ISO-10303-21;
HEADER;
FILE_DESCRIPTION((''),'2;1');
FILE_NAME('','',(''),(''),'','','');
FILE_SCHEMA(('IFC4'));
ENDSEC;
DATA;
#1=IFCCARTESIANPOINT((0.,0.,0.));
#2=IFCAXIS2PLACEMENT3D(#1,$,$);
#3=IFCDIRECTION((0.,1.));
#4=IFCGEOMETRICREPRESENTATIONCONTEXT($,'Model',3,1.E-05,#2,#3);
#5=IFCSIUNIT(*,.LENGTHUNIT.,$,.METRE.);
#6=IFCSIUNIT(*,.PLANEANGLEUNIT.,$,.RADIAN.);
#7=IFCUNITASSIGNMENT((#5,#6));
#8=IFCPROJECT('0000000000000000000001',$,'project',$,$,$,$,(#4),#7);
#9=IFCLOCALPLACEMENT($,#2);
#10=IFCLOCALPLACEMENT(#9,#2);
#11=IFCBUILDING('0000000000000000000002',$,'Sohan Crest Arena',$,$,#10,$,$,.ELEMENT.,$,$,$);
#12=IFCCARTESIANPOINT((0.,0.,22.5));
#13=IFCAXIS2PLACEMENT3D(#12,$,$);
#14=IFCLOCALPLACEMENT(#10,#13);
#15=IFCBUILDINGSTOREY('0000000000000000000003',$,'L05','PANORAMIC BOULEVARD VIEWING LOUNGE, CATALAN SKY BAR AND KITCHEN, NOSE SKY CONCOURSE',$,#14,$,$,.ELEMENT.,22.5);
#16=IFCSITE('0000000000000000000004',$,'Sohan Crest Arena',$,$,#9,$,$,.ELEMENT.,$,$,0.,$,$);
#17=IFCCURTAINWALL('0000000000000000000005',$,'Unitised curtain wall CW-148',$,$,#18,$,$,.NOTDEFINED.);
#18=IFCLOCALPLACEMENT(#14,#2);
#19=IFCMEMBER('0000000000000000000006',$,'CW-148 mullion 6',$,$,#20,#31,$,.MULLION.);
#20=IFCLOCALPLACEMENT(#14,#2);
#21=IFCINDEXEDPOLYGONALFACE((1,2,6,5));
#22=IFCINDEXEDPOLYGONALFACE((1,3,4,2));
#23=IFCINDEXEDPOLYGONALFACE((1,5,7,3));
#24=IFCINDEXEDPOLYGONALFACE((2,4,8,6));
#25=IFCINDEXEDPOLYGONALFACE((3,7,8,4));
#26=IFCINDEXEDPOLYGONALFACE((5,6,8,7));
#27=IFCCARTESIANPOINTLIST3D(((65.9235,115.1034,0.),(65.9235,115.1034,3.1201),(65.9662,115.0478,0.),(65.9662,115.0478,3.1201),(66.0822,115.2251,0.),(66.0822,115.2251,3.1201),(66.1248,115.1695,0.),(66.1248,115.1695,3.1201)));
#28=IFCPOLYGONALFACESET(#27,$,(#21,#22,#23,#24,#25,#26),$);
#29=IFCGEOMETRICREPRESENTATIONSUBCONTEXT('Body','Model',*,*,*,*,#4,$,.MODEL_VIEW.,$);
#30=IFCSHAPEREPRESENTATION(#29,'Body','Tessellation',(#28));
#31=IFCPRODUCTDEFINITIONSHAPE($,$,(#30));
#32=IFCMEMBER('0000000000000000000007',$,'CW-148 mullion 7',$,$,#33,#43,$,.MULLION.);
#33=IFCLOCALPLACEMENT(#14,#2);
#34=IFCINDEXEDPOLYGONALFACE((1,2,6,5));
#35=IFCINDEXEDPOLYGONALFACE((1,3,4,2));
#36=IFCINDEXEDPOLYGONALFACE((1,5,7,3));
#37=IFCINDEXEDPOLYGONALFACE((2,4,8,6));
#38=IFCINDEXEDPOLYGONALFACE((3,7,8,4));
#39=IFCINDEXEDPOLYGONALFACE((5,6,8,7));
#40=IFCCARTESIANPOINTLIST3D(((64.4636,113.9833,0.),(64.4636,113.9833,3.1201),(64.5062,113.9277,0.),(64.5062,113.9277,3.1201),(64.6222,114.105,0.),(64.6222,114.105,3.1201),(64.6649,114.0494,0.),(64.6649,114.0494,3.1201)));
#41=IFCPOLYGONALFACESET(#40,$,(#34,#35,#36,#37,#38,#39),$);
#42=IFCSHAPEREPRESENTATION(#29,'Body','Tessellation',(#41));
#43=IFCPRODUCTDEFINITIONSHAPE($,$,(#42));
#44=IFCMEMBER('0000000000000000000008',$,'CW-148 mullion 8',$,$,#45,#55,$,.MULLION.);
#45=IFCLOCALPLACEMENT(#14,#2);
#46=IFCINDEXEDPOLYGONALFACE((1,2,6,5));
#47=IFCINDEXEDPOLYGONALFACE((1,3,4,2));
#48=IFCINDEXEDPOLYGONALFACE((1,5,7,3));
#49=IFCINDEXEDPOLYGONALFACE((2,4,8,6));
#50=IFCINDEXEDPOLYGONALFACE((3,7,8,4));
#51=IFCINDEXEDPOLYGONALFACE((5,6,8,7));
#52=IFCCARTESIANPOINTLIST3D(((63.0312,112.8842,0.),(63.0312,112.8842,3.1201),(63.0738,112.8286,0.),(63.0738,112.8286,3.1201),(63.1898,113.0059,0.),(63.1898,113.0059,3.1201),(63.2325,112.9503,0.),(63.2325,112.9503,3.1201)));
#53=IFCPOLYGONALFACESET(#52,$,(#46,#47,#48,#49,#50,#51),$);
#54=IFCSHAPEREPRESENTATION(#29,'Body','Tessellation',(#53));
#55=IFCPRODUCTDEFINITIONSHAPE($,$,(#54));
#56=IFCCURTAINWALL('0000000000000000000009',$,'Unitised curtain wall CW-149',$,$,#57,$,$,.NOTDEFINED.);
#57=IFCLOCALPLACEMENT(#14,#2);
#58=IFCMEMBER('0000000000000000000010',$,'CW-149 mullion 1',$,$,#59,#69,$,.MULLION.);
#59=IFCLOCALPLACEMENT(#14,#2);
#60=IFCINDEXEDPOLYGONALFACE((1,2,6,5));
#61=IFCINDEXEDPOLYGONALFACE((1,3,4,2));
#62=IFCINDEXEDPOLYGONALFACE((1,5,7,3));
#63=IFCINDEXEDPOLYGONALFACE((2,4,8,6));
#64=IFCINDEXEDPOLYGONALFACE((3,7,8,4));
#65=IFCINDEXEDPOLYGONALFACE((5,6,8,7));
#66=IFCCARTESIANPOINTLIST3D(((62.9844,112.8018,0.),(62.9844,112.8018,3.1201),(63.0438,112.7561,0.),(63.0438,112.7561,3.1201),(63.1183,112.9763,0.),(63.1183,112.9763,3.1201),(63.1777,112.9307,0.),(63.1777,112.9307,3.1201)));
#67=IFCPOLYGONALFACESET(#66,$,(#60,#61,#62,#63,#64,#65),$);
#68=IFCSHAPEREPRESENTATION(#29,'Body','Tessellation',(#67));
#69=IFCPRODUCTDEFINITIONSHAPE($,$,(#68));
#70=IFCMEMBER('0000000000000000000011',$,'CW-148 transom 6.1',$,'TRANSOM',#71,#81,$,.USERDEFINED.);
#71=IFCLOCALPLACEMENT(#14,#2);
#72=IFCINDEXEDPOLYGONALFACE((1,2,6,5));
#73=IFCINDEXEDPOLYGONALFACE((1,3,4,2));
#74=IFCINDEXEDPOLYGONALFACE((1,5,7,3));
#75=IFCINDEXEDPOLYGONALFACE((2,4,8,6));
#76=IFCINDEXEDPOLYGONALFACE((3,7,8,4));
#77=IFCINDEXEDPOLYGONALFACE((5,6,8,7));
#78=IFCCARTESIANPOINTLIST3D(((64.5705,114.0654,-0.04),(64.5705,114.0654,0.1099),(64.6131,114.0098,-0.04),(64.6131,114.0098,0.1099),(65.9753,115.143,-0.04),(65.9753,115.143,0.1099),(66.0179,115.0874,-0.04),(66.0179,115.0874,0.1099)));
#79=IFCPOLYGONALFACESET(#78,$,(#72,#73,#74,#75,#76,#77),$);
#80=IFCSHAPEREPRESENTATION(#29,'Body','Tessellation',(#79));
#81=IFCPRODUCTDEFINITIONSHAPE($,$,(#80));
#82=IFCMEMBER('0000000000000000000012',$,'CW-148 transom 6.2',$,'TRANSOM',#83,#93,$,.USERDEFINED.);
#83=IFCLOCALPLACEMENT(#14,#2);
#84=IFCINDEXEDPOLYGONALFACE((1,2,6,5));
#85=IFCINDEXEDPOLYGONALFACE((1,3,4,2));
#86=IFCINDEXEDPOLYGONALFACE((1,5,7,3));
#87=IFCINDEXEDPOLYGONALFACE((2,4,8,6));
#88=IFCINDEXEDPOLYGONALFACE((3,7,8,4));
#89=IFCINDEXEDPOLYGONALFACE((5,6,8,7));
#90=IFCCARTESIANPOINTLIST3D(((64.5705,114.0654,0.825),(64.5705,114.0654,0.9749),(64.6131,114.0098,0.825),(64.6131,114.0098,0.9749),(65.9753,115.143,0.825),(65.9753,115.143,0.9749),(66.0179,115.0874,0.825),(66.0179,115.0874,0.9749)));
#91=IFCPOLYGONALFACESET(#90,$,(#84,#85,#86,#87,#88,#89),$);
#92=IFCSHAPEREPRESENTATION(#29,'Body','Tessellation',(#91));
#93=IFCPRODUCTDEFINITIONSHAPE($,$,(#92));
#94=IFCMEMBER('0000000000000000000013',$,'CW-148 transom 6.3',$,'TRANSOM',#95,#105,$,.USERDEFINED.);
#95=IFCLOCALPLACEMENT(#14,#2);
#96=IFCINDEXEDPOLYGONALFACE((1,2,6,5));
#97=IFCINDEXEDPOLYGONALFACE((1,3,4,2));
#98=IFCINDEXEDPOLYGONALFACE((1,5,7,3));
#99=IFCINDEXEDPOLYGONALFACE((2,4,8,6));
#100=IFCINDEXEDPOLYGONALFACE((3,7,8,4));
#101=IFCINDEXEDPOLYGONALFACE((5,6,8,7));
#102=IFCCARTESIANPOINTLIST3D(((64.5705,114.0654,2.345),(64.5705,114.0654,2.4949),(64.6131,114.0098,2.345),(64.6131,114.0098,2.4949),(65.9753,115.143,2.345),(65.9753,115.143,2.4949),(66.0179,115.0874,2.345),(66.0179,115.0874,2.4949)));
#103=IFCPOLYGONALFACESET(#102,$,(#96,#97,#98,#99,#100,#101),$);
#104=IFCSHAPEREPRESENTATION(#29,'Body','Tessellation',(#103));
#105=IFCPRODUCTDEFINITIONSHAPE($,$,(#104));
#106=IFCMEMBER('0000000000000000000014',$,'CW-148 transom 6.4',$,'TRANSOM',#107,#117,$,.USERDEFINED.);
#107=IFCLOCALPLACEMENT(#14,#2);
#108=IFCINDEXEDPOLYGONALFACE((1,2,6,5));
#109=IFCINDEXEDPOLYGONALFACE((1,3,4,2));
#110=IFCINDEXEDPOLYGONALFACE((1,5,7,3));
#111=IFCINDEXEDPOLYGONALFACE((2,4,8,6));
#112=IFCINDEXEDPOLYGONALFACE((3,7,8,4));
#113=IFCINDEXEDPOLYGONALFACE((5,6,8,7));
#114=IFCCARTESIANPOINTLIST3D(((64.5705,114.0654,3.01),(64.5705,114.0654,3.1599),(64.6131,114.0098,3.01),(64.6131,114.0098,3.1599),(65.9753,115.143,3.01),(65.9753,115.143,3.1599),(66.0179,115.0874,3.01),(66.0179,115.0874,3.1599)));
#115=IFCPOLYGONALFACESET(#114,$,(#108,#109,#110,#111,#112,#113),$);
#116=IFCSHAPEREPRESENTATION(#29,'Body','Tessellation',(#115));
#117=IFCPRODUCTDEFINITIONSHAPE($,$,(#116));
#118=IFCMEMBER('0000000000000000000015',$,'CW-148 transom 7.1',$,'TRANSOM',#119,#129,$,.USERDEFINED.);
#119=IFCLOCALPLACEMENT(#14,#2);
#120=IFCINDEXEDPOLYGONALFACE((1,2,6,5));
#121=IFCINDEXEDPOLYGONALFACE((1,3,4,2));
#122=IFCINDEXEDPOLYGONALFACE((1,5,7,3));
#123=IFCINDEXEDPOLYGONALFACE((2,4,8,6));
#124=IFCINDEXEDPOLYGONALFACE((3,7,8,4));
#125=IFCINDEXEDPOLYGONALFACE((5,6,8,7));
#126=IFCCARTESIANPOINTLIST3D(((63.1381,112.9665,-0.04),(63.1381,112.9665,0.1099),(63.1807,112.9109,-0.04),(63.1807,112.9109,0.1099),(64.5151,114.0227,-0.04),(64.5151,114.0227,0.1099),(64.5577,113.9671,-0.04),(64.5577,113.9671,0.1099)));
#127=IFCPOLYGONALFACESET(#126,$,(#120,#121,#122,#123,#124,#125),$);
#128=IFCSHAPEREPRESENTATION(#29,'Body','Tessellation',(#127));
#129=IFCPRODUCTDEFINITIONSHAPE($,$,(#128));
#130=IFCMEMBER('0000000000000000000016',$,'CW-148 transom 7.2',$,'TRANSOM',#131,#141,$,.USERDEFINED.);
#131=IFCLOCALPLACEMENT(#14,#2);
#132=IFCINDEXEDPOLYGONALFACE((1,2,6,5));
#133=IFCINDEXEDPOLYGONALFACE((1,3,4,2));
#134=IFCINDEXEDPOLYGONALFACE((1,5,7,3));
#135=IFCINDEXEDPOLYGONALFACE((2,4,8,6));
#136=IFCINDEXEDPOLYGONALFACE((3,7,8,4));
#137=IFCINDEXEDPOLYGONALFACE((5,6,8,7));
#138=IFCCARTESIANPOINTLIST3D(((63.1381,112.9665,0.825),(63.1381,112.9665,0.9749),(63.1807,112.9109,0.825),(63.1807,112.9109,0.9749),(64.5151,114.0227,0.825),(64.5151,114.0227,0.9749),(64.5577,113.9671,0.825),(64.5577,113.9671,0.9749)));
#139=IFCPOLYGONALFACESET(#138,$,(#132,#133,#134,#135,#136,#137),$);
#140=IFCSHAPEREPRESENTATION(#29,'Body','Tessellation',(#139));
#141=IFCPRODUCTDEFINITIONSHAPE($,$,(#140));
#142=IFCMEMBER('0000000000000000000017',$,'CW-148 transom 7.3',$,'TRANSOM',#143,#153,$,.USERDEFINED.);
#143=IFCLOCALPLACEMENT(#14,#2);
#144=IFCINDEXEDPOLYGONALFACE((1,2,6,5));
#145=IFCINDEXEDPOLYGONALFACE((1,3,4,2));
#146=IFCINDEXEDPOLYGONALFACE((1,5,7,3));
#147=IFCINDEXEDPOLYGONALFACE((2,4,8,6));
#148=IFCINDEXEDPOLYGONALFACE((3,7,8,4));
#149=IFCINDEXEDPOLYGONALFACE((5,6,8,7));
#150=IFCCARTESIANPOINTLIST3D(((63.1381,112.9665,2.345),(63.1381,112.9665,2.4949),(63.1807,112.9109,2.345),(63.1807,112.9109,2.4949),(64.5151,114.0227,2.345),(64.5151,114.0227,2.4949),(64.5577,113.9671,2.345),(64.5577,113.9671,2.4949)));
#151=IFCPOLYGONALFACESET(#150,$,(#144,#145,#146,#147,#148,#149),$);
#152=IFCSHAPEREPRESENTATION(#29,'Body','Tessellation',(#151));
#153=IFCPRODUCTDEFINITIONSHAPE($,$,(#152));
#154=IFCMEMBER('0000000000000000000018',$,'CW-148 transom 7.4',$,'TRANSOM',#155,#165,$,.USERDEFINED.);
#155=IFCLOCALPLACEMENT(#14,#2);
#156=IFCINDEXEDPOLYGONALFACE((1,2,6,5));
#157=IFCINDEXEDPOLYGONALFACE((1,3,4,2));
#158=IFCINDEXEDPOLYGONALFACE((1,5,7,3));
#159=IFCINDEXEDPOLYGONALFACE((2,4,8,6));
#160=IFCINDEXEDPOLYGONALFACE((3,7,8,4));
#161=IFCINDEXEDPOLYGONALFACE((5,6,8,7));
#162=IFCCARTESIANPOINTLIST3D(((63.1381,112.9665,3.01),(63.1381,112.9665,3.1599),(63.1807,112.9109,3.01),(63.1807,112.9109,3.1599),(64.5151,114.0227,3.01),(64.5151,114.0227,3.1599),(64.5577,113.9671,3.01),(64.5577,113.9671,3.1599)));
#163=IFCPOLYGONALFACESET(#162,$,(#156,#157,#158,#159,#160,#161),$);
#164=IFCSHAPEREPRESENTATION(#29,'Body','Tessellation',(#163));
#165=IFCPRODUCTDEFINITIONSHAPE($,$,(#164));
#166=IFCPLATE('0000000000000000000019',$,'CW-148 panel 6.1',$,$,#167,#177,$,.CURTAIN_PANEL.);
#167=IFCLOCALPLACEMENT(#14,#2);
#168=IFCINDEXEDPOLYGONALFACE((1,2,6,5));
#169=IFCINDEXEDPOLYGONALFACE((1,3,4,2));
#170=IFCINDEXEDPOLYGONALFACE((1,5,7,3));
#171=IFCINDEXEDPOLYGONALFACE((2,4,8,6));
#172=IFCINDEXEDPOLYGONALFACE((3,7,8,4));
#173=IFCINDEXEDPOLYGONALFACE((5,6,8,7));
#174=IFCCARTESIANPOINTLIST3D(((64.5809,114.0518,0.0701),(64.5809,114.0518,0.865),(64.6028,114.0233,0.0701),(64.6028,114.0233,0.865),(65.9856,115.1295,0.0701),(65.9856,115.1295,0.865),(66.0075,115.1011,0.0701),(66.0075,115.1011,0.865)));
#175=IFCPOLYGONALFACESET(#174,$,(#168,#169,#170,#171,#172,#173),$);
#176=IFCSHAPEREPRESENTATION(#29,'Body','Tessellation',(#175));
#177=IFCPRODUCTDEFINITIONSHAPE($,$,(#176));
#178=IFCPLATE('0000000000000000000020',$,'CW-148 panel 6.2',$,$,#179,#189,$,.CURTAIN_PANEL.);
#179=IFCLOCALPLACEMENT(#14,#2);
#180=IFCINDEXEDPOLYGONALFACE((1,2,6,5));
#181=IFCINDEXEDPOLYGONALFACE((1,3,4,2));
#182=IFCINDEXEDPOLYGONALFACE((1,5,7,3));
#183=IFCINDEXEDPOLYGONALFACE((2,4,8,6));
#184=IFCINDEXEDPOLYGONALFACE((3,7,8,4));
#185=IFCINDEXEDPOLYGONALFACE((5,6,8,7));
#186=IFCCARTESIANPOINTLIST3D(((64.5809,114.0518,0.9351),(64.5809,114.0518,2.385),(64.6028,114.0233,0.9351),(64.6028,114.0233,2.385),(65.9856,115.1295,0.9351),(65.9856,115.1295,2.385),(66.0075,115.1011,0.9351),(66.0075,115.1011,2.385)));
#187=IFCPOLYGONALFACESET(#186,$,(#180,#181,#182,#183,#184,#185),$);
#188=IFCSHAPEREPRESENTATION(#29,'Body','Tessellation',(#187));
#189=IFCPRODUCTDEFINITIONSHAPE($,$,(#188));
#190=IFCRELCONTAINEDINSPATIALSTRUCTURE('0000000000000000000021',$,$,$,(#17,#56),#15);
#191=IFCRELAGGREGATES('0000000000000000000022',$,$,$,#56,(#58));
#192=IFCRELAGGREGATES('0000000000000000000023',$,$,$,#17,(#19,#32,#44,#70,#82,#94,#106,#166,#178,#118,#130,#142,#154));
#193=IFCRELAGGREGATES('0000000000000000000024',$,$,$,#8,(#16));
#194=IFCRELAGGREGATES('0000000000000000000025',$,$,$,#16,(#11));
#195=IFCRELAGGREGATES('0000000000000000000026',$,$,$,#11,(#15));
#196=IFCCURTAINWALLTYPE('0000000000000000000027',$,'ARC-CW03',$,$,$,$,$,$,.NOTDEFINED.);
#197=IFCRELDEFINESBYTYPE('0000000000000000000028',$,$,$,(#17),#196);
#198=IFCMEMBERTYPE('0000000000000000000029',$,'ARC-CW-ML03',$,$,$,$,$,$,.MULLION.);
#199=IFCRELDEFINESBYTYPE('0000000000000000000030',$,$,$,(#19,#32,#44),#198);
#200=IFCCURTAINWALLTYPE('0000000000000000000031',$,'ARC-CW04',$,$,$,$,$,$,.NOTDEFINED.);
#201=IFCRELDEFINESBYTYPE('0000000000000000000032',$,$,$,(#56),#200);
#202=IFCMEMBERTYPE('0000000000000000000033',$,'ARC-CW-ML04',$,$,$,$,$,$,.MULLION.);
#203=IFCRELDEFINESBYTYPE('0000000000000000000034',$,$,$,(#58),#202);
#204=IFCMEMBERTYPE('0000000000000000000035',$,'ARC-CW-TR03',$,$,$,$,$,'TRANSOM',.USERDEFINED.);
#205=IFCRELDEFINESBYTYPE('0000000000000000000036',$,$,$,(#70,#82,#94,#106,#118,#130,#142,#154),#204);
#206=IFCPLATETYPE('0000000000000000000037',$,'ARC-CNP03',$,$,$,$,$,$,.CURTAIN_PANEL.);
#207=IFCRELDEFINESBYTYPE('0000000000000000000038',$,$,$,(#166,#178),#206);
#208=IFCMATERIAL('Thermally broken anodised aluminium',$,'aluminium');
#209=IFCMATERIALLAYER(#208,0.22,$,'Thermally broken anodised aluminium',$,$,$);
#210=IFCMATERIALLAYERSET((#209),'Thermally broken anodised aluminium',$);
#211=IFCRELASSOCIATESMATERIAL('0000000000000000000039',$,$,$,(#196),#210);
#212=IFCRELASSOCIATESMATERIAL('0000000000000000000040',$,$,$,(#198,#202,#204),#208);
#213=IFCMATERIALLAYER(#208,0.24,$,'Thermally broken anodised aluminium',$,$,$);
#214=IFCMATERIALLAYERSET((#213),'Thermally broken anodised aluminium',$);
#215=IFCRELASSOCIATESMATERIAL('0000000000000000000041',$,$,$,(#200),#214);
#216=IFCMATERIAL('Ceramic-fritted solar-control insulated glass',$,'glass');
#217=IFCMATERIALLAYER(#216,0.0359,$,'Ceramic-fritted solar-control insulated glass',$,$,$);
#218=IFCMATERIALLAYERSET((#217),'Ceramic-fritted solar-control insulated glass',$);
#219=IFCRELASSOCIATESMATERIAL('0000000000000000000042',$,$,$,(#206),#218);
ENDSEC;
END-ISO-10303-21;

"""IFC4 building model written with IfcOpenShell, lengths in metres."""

from ifc_helpers import new_model, si_unit, direction, frame, origin, origin_2d, place, context, subcontext, project, spatial, rectangle, extrude, material, layer, layer_set, material_profile, profile_set, type_object, element, aggregate, save


model = new_model("IFC4")

# Units and contexts
model_context = context("Model", 3, precision=1e-05, world=origin(), true_north=direction((0.0, 1.0)))
body_context = subcontext(model_context, "Body", "Model", "MODEL_VIEW")
ifc_project = project(units=[si_unit("LENGTHUNIT", "METRE"), si_unit("PLANEANGLEUNIT", "RADIAN")], contexts=[model_context])

# Site, building, storey
site_placement = place(None, origin())
site = spatial("IfcSite", under=ifc_project, at=site_placement, Name="Sohan Crest Arena", CompositionType="ELEMENT", RefElevation=0.0)
building_placement = place(site_placement, origin())
building = spatial("IfcBuilding", under=site, at=building_placement, Name="Sohan Crest Arena", CompositionType="ELEMENT")
storey_placement = place(building_placement, frame((0.0, 0.0, 22.5)))
storey = spatial("IfcBuildingStorey", under=building, at=storey_placement, Name="L05", Description="PANORAMIC BOULEVARD VIEWING LOUNGE, CATALAN SKY BAR AND KITCHEN, NOSE SKY CONCOURSE", CompositionType="ELEMENT", Elevation=22.5)

# Curtain wall, members
ifc_material_1 = material(Name="Thermally broken anodised aluminium", Category="aluminium")
ifc_layer_1 = layer(ifc_material_1, 0.22, Name="Thermally broken anodised aluminium")
ifc_layer_set_1 = layer_set([ifc_layer_1], Name="Thermally broken anodised aluminium")
curtain_wall_type_1 = type_object("IfcCurtainWallType", Name="ARC-CW03", PredefinedType="NOTDEFINED", material=ifc_layer_set_1)
curtain_wall_1_placement = place(storey_placement, origin())
curtain_wall_1 = element("IfcCurtainWall", 1, at=curtain_wall_1_placement, inside=storey, type_object=curtain_wall_type_1, Name="Unitised curtain wall CW-148", PredefinedType="NOTDEFINED")
ifc_material_profile_1 = material_profile(ifc_material_1, rectangle(XDim=0.0701, YDim=0.2, at=origin_2d()), Name="ALU-MULL 70x200")
ifc_profile_set_1 = profile_set([ifc_material_profile_1], Name="Thermally broken anodised aluminium")
member_type_1 = type_object("IfcMemberType", Name="ARC-CW-ML03", PredefinedType="MULLION", material=ifc_profile_set_1)
member_1_placement = place(storey_placement, frame((66.0242, 115.1365, 0.0), z_axis=(0.0, 0.0, 1.0), x_axis=(0.60872, -0.793385, 0.0)))
member_1 = element("IfcMember", 2, at=member_1_placement, type_object=member_type_1, Name="CW-148 mullion 6", PredefinedType="MULLION", context=body_context, shape_type="SweptSolid", body=[
    extrude(rectangle(XDim=0.0701, YDim=0.2, at=origin_2d()), origin(), (0.0, 0.0, 1.0), 3.1201),
])
member_2_placement = place(storey_placement, frame((64.5642, 114.0164, 0.0), z_axis=(0.0, 0.0, 1.0), x_axis=(0.60872, -0.793385, 0.0)))
member_2 = element("IfcMember", 3, at=member_2_placement, type_object=member_type_1, Name="CW-148 mullion 7", PredefinedType="MULLION", context=body_context, shape_type="SweptSolid", body=[
    extrude(rectangle(XDim=0.0701, YDim=0.2, at=origin_2d()), origin(), (0.0, 0.0, 1.0), 3.1201),
])
member_3_placement = place(storey_placement, frame((63.1318, 112.9172, 0.0), z_axis=(0.0, 0.0, 1.0), x_axis=(0.60872, -0.793385, 0.0)))
member_3 = element("IfcMember", 4, at=member_3_placement, type_object=member_type_1, Name="CW-148 mullion 8", PredefinedType="MULLION", context=body_context, shape_type="SweptSolid", body=[
    extrude(rectangle(XDim=0.0701, YDim=0.2, at=origin_2d()), origin(), (0.0, 0.0, 1.0), 3.1201),
])

# Curtain wall, member
ifc_layer_2 = layer(ifc_material_1, 0.24, Name="Thermally broken anodised aluminium")
ifc_layer_set_2 = layer_set([ifc_layer_2], Name="Thermally broken anodised aluminium")
curtain_wall_type_2 = type_object("IfcCurtainWallType", Name="ARC-CW04", PredefinedType="NOTDEFINED", material=ifc_layer_set_2)
curtain_wall_2_placement = place(storey_placement, origin())
curtain_wall_2 = element("IfcCurtainWall", 5, at=curtain_wall_2_placement, inside=storey, type_object=curtain_wall_type_2, Name="Unitised curtain wall CW-149", PredefinedType="NOTDEFINED")
ifc_material_profile_2 = material_profile(ifc_material_1, rectangle(XDim=0.075, YDim=0.22, at=origin_2d()), Name="ALU-MULL 75x220")
ifc_profile_set_2 = profile_set([ifc_material_profile_2], Name="Thermally broken anodised aluminium")
member_type_2 = type_object("IfcMemberType", Name="ARC-CW-ML04", PredefinedType="MULLION", material=ifc_profile_set_2)
member_4_placement = place(storey_placement, frame((63.0811, 112.8662, 0.0), z_axis=(0.0, 0.0, 1.0), x_axis=(0.793385, -0.60872, 0.0)))
member_4 = element("IfcMember", 6, at=member_4_placement, type_object=member_type_2, Name="CW-149 mullion 1", PredefinedType="MULLION", context=body_context, shape_type="SweptSolid", body=[
    extrude(rectangle(XDim=0.075, YDim=0.22, at=origin_2d()), origin(), (0.0, 0.0, 1.0), 3.1201),
])
aggregate(curtain_wall_2, [member_4])

# Members
ifc_material_profile_3 = material_profile(ifc_material_1, rectangle(XDim=0.0701, YDim=0.1499, at=origin_2d()), Name="ALU-TRAN 70x150")
ifc_profile_set_3 = profile_set([ifc_material_profile_3], Name="Thermally broken anodised aluminium")
member_type_3 = type_object("IfcMemberType", Name="ARC-CW-TR03", ElementType="TRANSOM", PredefinedType="USERDEFINED", material=ifc_profile_set_3)
member_5_placement = place(storey_placement, frame((65.9966, 115.1152, 0.0349), z_axis=(-0.793433, -0.608657, 0.0), x_axis=(0.608657, -0.793433, 0.0)))
member_5 = element("IfcMember", 7, at=member_5_placement, type_object=member_type_3, Name="CW-148 transom 6.1", ObjectType="TRANSOM", PredefinedType="USERDEFINED", context=body_context, shape_type="SweptSolid", body=[
    extrude(rectangle(XDim=0.0701, YDim=0.1499, at=origin_2d()), origin(), (0.0, 0.0, 1.0), 1.7705),
])
member_6_placement = place(storey_placement, frame((65.9966, 115.1152, 0.8999), z_axis=(-0.793433, -0.608657, 0.0), x_axis=(0.608657, -0.793433, 0.0)))
member_6 = element("IfcMember", 8, at=member_6_placement, type_object=member_type_3, Name="CW-148 transom 6.2", ObjectType="TRANSOM", PredefinedType="USERDEFINED", context=body_context, shape_type="SweptSolid", body=[
    extrude(rectangle(XDim=0.0701, YDim=0.1499, at=origin_2d()), origin(), (0.0, 0.0, 1.0), 1.7705),
])
member_7_placement = place(storey_placement, frame((65.9966, 115.1152, 2.4199), z_axis=(-0.793433, -0.608657, 0.0), x_axis=(0.608657, -0.793433, 0.0)))
member_7 = element("IfcMember", 9, at=member_7_placement, type_object=member_type_3, Name="CW-148 transom 6.3", ObjectType="TRANSOM", PredefinedType="USERDEFINED", context=body_context, shape_type="SweptSolid", body=[
    extrude(rectangle(XDim=0.0701, YDim=0.1499, at=origin_2d()), origin(), (0.0, 0.0, 1.0), 1.7705),
])
member_8_placement = place(storey_placement, frame((65.9966, 115.1152, 3.085), z_axis=(-0.793433, -0.608657, 0.0), x_axis=(0.608657, -0.793433, 0.0)))
member_8 = element("IfcMember", 10, at=member_8_placement, type_object=member_type_3, Name="CW-148 transom 6.4", ObjectType="TRANSOM", PredefinedType="USERDEFINED", context=body_context, shape_type="SweptSolid", body=[
    extrude(rectangle(XDim=0.0701, YDim=0.1499, at=origin_2d()), origin(), (0.0, 0.0, 1.0), 1.7705),
])
member_9_placement = place(storey_placement, frame((64.5364, 113.9949, 0.0349), z_axis=(-0.79347, -0.608609, 0.0), x_axis=(0.608609, -0.79347, 0.0)))
member_9 = element("IfcMember", 11, at=member_9_placement, type_object=member_type_3, Name="CW-148 transom 7.1", ObjectType="TRANSOM", PredefinedType="USERDEFINED", context=body_context, shape_type="SweptSolid", body=[
    extrude(rectangle(XDim=0.0701, YDim=0.1499, at=origin_2d()), origin(), (0.0, 0.0, 1.0), 1.7354),
])
member_10_placement = place(storey_placement, frame((64.5364, 113.9949, 0.8999), z_axis=(-0.79347, -0.608609, 0.0), x_axis=(0.608609, -0.79347, 0.0)))
member_10 = element("IfcMember", 12, at=member_10_placement, type_object=member_type_3, Name="CW-148 transom 7.2", ObjectType="TRANSOM", PredefinedType="USERDEFINED", context=body_context, shape_type="SweptSolid", body=[
    extrude(rectangle(XDim=0.0701, YDim=0.1499, at=origin_2d()), origin(), (0.0, 0.0, 1.0), 1.7354),
])
member_11_placement = place(storey_placement, frame((64.5364, 113.9949, 2.4199), z_axis=(-0.79347, -0.608609, 0.0), x_axis=(0.608609, -0.79347, 0.0)))
member_11 = element("IfcMember", 13, at=member_11_placement, type_object=member_type_3, Name="CW-148 transom 7.3", ObjectType="TRANSOM", PredefinedType="USERDEFINED", context=body_context, shape_type="SweptSolid", body=[
    extrude(rectangle(XDim=0.0701, YDim=0.1499, at=origin_2d()), origin(), (0.0, 0.0, 1.0), 1.7354),
])
member_12_placement = place(storey_placement, frame((64.5364, 113.9949, 3.085), z_axis=(-0.79347, -0.608609, 0.0), x_axis=(0.608609, -0.79347, 0.0)))
member_12 = element("IfcMember", 14, at=member_12_placement, type_object=member_type_3, Name="CW-148 transom 7.4", ObjectType="TRANSOM", PredefinedType="USERDEFINED", context=body_context, shape_type="SweptSolid", body=[
    extrude(rectangle(XDim=0.0701, YDim=0.1499, at=origin_2d()), origin(), (0.0, 0.0, 1.0), 1.7354),
])

# Plates
ifc_material_2 = material(Name="Ceramic-fritted solar-control insulated glass", Category="glass")
ifc_layer_3 = layer(ifc_material_2, 0.0359, Name="Ceramic-fritted solar-control insulated glass")
ifc_layer_set_3 = layer_set([ifc_layer_3], Name="Ceramic-fritted solar-control insulated glass")
plate_type = type_object("IfcPlateType", Name="ARC-CNP03", PredefinedType="CURTAIN_PANEL", material=ifc_layer_set_3)
plate_1_placement = place(storey_placement, frame((65.2942, 114.5764, 0.0701), z_axis=(0.0, 0.0, 1.0), x_axis=(-0.793385, -0.60872, 0.0)))
plate_1 = element("IfcPlate", 15, at=plate_1_placement, type_object=plate_type, Name="CW-148 panel 6.1", PredefinedType="CURTAIN_PANEL", context=body_context, shape_type="SweptSolid", body=[
    extrude(rectangle(XDim=1.7705, YDim=0.0359, at=origin_2d()), origin(), (0.0, 0.0, 1.0), 0.7949),
])
plate_2_placement = place(storey_placement, frame((65.2942, 114.5764, 0.9351), z_axis=(0.0, 0.0, 1.0), x_axis=(-0.793385, -0.60872, 0.0)))
plate_2 = element("IfcPlate", 16, at=plate_2_placement, type_object=plate_type, Name="CW-148 panel 6.2", PredefinedType="CURTAIN_PANEL", context=body_context, shape_type="SweptSolid", body=[
    extrude(rectangle(XDim=1.7705, YDim=0.0359, at=origin_2d()), origin(), (0.0, 0.0, 1.0), 1.45),
])
aggregate(curtain_wall_1, [member_1, member_2, member_3, member_5, member_6, member_7, member_8, plate_1, plate_2, member_9, member_10, member_11, member_12])

save(model, "model.ifc")
